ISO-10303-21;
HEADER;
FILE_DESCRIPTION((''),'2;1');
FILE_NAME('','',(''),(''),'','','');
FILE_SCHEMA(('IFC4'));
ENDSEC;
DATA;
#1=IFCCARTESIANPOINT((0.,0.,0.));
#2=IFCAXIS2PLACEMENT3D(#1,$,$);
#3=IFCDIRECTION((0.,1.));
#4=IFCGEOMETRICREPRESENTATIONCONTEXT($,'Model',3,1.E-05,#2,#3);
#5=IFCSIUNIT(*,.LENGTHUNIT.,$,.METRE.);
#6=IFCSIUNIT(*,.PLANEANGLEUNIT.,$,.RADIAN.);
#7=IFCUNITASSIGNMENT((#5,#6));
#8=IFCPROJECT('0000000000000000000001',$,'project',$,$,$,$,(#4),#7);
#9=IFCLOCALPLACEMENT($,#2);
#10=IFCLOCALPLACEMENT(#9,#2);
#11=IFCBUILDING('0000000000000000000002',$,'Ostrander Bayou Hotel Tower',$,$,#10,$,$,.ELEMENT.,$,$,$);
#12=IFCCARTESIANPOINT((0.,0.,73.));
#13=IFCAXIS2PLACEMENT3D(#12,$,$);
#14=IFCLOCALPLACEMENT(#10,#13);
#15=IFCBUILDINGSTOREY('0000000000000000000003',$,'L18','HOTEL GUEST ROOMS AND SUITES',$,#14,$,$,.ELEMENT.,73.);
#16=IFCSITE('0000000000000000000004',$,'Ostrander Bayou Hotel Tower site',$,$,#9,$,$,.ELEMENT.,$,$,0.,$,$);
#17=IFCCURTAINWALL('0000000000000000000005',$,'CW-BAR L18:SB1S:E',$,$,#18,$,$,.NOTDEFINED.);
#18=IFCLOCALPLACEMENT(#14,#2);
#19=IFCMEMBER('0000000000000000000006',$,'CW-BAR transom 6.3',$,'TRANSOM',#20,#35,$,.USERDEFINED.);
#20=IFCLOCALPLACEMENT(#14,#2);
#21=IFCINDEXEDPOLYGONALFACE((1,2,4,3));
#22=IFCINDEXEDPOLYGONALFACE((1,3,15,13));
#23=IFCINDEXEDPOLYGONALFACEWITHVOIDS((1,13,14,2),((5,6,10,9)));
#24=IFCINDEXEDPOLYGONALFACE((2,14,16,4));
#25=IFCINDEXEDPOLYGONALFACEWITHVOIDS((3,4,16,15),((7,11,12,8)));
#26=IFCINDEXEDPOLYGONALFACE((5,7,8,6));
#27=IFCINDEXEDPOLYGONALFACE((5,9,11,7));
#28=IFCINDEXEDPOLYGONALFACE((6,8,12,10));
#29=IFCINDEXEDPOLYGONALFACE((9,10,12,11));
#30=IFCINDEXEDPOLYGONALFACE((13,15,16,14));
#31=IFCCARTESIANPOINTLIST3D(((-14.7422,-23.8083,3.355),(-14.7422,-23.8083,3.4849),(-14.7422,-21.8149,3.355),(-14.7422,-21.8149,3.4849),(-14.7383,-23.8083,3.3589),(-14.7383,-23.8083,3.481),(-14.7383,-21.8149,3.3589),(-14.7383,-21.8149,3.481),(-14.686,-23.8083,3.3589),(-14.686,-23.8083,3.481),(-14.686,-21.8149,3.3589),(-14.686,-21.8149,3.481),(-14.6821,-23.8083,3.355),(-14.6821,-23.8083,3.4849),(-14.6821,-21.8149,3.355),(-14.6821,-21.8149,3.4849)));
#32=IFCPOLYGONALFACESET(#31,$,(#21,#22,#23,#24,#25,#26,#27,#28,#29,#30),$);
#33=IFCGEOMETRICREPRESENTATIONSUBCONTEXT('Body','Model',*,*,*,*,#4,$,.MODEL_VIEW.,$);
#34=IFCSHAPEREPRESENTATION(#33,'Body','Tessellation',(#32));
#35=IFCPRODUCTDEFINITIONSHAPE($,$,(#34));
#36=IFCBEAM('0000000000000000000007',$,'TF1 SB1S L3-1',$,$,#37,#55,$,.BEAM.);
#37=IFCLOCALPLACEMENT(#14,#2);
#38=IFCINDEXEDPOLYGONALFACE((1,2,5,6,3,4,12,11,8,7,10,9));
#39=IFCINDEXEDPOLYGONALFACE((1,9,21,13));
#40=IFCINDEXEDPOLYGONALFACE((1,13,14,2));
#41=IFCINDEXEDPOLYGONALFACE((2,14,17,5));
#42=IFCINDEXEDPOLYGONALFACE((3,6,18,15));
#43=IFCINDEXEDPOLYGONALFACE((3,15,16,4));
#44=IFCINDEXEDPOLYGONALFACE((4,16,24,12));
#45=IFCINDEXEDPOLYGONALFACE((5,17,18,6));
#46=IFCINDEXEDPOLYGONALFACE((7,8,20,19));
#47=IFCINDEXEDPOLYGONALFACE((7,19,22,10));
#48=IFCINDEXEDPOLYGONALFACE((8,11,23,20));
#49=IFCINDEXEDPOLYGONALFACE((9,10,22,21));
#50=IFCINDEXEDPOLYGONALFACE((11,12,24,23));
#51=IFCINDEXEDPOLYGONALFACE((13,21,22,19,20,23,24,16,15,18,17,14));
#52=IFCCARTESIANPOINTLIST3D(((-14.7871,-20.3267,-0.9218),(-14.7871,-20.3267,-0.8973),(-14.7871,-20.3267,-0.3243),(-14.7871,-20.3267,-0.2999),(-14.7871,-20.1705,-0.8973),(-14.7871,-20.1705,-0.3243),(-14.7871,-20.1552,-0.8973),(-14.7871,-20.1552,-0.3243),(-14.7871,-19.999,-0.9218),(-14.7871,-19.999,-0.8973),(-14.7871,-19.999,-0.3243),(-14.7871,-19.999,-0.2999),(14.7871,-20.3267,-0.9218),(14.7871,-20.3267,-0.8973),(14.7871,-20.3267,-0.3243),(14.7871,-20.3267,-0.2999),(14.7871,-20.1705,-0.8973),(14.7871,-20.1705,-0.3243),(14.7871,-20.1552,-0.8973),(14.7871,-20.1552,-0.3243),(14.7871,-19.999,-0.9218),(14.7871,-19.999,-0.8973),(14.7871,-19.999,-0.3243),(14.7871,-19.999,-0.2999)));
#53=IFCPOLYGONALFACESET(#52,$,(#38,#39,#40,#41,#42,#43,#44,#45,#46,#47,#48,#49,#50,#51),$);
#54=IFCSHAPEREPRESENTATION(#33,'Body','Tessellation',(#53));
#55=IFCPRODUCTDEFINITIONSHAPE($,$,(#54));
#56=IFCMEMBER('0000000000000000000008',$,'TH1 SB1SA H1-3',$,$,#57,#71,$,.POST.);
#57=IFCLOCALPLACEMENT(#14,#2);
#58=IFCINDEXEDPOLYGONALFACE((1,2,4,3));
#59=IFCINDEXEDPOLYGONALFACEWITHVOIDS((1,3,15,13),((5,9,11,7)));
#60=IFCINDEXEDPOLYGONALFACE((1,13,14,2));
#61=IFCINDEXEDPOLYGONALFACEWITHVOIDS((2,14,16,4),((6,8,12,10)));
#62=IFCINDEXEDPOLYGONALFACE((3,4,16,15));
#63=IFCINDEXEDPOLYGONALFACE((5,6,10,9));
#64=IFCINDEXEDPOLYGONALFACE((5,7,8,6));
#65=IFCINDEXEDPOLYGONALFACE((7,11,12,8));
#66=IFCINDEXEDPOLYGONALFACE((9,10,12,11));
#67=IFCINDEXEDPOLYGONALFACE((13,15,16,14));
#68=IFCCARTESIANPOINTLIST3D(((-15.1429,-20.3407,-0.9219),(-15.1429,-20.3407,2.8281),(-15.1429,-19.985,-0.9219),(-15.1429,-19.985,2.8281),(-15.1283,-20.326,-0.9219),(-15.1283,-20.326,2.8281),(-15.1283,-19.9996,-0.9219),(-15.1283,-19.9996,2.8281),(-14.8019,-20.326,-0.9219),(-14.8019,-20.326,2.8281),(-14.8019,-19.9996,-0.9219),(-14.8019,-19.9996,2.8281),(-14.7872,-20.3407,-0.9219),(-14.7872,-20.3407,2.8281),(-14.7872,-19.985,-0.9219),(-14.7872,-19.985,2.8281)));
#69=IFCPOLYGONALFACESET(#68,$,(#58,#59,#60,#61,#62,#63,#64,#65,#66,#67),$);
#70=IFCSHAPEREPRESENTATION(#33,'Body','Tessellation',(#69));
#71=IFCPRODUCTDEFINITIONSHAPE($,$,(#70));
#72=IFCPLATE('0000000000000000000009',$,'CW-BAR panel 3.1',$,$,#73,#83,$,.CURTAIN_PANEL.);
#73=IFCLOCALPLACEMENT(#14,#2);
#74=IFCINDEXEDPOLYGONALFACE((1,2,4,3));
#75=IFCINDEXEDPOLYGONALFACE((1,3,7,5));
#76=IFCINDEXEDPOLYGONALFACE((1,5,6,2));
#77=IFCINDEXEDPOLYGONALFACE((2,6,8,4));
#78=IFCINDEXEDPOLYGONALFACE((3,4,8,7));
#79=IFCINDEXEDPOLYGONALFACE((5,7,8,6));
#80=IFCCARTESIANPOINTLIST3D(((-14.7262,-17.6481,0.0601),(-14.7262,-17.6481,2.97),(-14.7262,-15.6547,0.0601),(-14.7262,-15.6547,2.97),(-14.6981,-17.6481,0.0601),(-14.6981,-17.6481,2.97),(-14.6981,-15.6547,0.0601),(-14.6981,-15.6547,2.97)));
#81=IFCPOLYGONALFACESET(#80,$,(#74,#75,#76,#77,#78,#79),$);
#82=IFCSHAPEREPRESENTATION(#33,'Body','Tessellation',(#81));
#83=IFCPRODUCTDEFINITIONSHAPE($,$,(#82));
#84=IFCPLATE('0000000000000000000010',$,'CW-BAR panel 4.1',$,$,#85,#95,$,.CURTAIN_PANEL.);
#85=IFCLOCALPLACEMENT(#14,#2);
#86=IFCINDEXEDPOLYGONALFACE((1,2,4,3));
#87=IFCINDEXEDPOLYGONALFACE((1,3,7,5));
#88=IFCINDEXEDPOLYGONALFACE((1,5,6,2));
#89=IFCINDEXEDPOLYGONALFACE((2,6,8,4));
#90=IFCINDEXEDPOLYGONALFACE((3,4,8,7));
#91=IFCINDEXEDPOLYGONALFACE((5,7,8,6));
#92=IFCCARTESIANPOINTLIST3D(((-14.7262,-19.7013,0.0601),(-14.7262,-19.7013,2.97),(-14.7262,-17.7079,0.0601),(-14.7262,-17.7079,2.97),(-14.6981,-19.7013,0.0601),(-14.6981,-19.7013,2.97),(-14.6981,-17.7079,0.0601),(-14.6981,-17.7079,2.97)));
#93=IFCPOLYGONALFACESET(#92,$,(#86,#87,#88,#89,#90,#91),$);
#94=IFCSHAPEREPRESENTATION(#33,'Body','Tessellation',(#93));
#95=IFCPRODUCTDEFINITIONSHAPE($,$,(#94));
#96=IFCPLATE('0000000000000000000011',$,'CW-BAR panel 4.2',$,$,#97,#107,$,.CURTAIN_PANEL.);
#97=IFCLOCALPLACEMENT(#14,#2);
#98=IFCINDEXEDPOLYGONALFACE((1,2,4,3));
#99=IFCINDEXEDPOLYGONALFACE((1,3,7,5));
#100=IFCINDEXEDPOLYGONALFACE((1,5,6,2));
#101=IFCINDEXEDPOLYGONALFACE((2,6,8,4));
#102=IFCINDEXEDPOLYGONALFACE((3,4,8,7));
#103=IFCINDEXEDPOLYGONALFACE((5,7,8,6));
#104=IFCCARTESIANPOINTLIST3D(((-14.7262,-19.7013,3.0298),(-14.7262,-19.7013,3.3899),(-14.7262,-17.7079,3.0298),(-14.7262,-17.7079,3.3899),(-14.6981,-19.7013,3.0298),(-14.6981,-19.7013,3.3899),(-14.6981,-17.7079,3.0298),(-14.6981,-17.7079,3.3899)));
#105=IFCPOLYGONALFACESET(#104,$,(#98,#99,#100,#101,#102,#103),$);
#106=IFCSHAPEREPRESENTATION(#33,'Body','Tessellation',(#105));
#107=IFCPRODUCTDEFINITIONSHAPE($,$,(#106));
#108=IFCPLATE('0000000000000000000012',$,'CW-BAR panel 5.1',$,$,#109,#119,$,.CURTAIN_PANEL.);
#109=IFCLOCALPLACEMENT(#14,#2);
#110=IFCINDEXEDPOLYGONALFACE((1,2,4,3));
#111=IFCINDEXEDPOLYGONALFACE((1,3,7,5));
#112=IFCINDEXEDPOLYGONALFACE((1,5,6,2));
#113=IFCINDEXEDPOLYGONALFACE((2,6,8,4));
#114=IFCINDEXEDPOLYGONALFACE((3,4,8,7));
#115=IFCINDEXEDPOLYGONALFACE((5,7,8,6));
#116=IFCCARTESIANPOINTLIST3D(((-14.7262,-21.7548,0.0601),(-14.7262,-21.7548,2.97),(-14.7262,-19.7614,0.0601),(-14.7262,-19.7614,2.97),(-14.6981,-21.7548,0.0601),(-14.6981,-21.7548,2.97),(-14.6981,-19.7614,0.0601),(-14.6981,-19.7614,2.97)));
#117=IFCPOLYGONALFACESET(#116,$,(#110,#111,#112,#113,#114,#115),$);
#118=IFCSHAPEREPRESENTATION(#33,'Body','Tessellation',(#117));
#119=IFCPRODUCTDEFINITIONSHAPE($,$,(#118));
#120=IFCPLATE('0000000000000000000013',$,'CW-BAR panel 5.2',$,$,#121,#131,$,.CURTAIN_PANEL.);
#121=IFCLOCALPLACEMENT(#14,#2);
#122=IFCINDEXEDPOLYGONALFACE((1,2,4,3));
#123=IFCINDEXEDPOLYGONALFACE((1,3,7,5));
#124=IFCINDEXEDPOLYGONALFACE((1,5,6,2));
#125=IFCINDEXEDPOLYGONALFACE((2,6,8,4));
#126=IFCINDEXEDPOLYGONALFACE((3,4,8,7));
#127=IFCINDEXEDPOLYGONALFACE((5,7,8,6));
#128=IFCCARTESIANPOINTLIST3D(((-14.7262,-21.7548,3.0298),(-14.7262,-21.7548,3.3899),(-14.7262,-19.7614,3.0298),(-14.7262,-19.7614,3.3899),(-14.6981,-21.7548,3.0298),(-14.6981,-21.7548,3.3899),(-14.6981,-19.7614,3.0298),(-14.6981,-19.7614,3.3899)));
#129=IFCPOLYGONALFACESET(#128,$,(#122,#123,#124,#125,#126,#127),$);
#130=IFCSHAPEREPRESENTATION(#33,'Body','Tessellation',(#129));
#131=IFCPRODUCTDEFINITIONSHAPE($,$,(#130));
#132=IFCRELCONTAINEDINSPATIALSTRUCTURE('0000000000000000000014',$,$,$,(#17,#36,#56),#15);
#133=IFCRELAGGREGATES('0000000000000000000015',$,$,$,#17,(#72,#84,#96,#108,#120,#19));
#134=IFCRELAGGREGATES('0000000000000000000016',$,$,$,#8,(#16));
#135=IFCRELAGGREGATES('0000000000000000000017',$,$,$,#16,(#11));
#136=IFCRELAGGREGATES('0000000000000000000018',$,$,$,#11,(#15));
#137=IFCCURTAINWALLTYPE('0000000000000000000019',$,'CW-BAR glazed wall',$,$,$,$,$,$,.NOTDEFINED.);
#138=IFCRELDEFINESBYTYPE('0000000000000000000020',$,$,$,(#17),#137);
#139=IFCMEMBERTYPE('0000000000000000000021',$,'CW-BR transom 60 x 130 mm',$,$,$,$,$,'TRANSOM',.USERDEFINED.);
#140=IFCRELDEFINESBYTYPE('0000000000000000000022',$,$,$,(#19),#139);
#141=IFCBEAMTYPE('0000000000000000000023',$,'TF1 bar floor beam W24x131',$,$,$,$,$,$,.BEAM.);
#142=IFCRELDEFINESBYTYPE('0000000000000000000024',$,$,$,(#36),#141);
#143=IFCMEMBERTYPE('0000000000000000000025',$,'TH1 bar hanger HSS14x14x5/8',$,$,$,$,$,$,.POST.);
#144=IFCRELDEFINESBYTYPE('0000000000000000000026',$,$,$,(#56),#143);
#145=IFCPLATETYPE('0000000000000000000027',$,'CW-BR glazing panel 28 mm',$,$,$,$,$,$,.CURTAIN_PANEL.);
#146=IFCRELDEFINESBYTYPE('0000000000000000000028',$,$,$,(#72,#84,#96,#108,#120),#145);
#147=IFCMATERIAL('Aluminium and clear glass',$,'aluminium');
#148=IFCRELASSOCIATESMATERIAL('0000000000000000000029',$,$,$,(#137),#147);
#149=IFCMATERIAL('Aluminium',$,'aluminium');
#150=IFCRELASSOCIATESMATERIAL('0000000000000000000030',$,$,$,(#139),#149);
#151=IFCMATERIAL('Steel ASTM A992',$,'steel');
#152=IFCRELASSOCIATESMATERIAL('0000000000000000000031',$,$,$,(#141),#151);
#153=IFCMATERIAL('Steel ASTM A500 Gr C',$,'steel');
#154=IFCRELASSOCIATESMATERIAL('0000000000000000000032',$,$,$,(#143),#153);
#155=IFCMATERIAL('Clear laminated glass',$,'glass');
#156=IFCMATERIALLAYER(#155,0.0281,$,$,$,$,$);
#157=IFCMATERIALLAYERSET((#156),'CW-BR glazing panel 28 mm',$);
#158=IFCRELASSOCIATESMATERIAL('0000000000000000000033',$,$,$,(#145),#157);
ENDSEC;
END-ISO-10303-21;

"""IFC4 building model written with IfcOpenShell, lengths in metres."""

from ifc_helpers import new_model, si_unit, direction, frame, origin, origin_2d, place, context, subcontext, project, spatial, rectangle, hollow_rectangle, i_section, extrude, material, layer, layer_set, material_profile, profile_set, type_object, element, aggregate, save


model = new_model("IFC4")

# Units and contexts
model_context = context("Model", 3, precision=1e-05, world=origin(), true_north=direction((0.0, 1.0)))
body_context = subcontext(model_context, "Body", "Model", "MODEL_VIEW")
ifc_project = project(units=[si_unit("LENGTHUNIT", "METRE"), si_unit("PLANEANGLEUNIT", "RADIAN")], contexts=[model_context])

# Site, building, storey
site_placement = place(None, origin())
site = spatial("IfcSite", under=ifc_project, at=site_placement, Name="Ostrander Bayou Hotel Tower site", CompositionType="ELEMENT", RefElevation=0.0)
building_placement = place(site_placement, origin())
building = spatial("IfcBuilding", under=site, at=building_placement, Name="Ostrander Bayou Hotel Tower", CompositionType="ELEMENT")
storey_placement = place(building_placement, frame((0.0, 0.0, 73.0)))
storey = spatial("IfcBuildingStorey", under=building, at=storey_placement, Name="L18", Description="HOTEL GUEST ROOMS AND SUITES", CompositionType="ELEMENT", Elevation=73.0)

# Curtain wall, member
ifc_material_1 = material(Name="Aluminium and clear glass", Category="aluminium")
curtain_wall_type = type_object("IfcCurtainWallType", Name="CW-BAR glazed wall", PredefinedType="NOTDEFINED", material=ifc_material_1)
curtain_wall_placement = place(storey_placement, origin())
curtain_wall = element("IfcCurtainWall", 1, at=curtain_wall_placement, inside=storey, type_object=curtain_wall_type, Name="CW-BAR L18:SB1S:E", PredefinedType="NOTDEFINED")
ifc_material_2 = material(Name="Aluminium", Category="aluminium")
ifc_material_profile_1 = material_profile(ifc_material_2, hollow_rectangle(XDim=0.0601, YDim=0.1299, WallThickness=0.0039, at=origin_2d()))
ifc_profile_set_1 = profile_set([ifc_material_profile_1], Name="Aluminium")
member_type_1 = type_object("IfcMemberType", Name="CW-BR transom 60 x 130 mm", ElementType="TRANSOM", PredefinedType="USERDEFINED", material=ifc_profile_set_1)
member_1_placement = place(storey_placement, frame((-14.7122, -21.8149, 3.4199), z_axis=(0.0, -1.0, 0.0), x_axis=(1.0, 0.0, 0.0)))
member_1 = element("IfcMember", 2, at=member_1_placement, type_object=member_type_1, Name="CW-BAR transom 6.3", ObjectType="TRANSOM", PredefinedType="USERDEFINED", context=body_context, shape_type="SweptSolid", body=[
    extrude(hollow_rectangle(XDim=0.0601, YDim=0.1299, WallThickness=0.0039, at=origin_2d()), origin(), (0.0, 0.0, 1.0), 1.9934),
])

# Beam
ifc_material_3 = material(Name="Steel ASTM A992", Category="steel")
ifc_material_profile_2 = material_profile(ifc_material_3, i_section(OverallWidth=0.3276, OverallDepth=0.6218, WebThickness=0.0154, FlangeThickness=0.0244, at=origin_2d()))
ifc_profile_set_2 = profile_set([ifc_material_profile_2], Name="Steel ASTM A992")
beam_type = type_object("IfcBeamType", Name="TF1 bar floor beam W24x131", PredefinedType="BEAM", material=ifc_profile_set_2)
beam_placement = place(storey_placement, frame((-14.7871, -20.1628, -0.6108), z_axis=(1.0, 0.0, 0.0), x_axis=(0.0, 1.0, 0.0)))
element("IfcBeam", 3, at=beam_placement, inside=storey, type_object=beam_type, Name="TF1 SB1S L3-1", PredefinedType="BEAM", context=body_context, shape_type="SweptSolid", body=[
    extrude(i_section(OverallWidth=0.3276, OverallDepth=0.6218, WebThickness=0.0154, FlangeThickness=0.0244, at=origin_2d()), origin(), (0.0, 0.0, 1.0), 29.5742),
])

# Member
ifc_material_4 = material(Name="Steel ASTM A500 Gr C", Category="steel")
ifc_material_profile_3 = material_profile(ifc_material_4, hollow_rectangle(XDim=0.3557, YDim=0.3557, WallThickness=0.0146, at=origin_2d()))
ifc_profile_set_3 = profile_set([ifc_material_profile_3], Name="Steel ASTM A500 Gr C")
member_type_2 = type_object("IfcMemberType", Name="TH1 bar hanger HSS14x14x5/8", PredefinedType="POST", material=ifc_profile_set_3)
member_2_placement = place(storey_placement, frame((-14.9651, -20.1628, -0.9219), z_axis=(0.0, 0.0, 1.0), x_axis=(1.0, 0.0, 0.0)))
element("IfcMember", 4, at=member_2_placement, inside=storey, type_object=member_type_2, Name="TH1 SB1SA H1-3", PredefinedType="POST", context=body_context, shape_type="SweptSolid", body=[
    extrude(hollow_rectangle(XDim=0.3557, YDim=0.3557, WallThickness=0.0146, at=origin_2d()), origin(), (0.0, 0.0, 1.0), 3.75),
])

# Plates
ifc_material_5 = material(Name="Clear laminated glass", Category="glass")
ifc_layer = layer(ifc_material_5, 0.0281)
ifc_layer_set = layer_set([ifc_layer], Name="CW-BR glazing panel 28 mm")
plate_type = type_object("IfcPlateType", Name="CW-BR glazing panel 28 mm", PredefinedType="CURTAIN_PANEL", material=ifc_layer_set)
plate_1_placement = place(storey_placement, frame((-14.7122, -16.6514, 0.0601), z_axis=(0.0, 0.0, 1.0), x_axis=(0.0, -1.0, 0.0)))
plate_1 = element("IfcPlate", 5, at=plate_1_placement, type_object=plate_type, Name="CW-BAR panel 3.1", PredefinedType="CURTAIN_PANEL", context=body_context, shape_type="SweptSolid", body=[
    extrude(rectangle(XDim=1.9934, YDim=0.0281, at=origin_2d()), origin(), (0.0, 0.0, 1.0), 2.9099),
])
plate_2_placement = place(storey_placement, frame((-14.7122, -18.7046, 0.0601), z_axis=(0.0, 0.0, 1.0), x_axis=(0.0, -1.0, 0.0)))
plate_2 = element("IfcPlate", 6, at=plate_2_placement, type_object=plate_type, Name="CW-BAR panel 4.1", PredefinedType="CURTAIN_PANEL", context=body_context, shape_type="SweptSolid", body=[
    extrude(rectangle(XDim=1.9934, YDim=0.0281, at=origin_2d()), origin(), (0.0, 0.0, 1.0), 2.9099),
])
plate_3_placement = place(storey_placement, frame((-14.7122, -18.7046, 3.0298), z_axis=(0.0, 0.0, 1.0), x_axis=(0.0, -1.0, 0.0)))
plate_3 = element("IfcPlate", 7, at=plate_3_placement, type_object=plate_type, Name="CW-BAR panel 4.2", PredefinedType="CURTAIN_PANEL", context=body_context, shape_type="SweptSolid", body=[
    extrude(rectangle(XDim=1.9934, YDim=0.0281, at=origin_2d()), origin(), (0.0, 0.0, 1.0), 0.3601),
])
plate_4_placement = place(storey_placement, frame((-14.7122, -20.7581, 0.0601), z_axis=(0.0, 0.0, 1.0), x_axis=(0.0, -1.0, 0.0)))
plate_4 = element("IfcPlate", 8, at=plate_4_placement, type_object=plate_type, Name="CW-BAR panel 5.1", PredefinedType="CURTAIN_PANEL", context=body_context, shape_type="SweptSolid", body=[
    extrude(rectangle(XDim=1.9934, YDim=0.0281, at=origin_2d()), origin(), (0.0, 0.0, 1.0), 2.9099),
])
plate_5_placement = place(storey_placement, frame((-14.7122, -20.7581, 3.0298), z_axis=(0.0, 0.0, 1.0), x_axis=(0.0, -1.0, 0.0)))
plate_5 = element("IfcPlate", 9, at=plate_5_placement, type_object=plate_type, Name="CW-BAR panel 5.2", PredefinedType="CURTAIN_PANEL", context=body_context, shape_type="SweptSolid", body=[
    extrude(rectangle(XDim=1.9934, YDim=0.0281, at=origin_2d()), origin(), (0.0, 0.0, 1.0), 0.3601),
])
aggregate(curtain_wall, [plate_1, plate_2, plate_3, plate_4, plate_5, member_1])

save(model, "model.ifc")
